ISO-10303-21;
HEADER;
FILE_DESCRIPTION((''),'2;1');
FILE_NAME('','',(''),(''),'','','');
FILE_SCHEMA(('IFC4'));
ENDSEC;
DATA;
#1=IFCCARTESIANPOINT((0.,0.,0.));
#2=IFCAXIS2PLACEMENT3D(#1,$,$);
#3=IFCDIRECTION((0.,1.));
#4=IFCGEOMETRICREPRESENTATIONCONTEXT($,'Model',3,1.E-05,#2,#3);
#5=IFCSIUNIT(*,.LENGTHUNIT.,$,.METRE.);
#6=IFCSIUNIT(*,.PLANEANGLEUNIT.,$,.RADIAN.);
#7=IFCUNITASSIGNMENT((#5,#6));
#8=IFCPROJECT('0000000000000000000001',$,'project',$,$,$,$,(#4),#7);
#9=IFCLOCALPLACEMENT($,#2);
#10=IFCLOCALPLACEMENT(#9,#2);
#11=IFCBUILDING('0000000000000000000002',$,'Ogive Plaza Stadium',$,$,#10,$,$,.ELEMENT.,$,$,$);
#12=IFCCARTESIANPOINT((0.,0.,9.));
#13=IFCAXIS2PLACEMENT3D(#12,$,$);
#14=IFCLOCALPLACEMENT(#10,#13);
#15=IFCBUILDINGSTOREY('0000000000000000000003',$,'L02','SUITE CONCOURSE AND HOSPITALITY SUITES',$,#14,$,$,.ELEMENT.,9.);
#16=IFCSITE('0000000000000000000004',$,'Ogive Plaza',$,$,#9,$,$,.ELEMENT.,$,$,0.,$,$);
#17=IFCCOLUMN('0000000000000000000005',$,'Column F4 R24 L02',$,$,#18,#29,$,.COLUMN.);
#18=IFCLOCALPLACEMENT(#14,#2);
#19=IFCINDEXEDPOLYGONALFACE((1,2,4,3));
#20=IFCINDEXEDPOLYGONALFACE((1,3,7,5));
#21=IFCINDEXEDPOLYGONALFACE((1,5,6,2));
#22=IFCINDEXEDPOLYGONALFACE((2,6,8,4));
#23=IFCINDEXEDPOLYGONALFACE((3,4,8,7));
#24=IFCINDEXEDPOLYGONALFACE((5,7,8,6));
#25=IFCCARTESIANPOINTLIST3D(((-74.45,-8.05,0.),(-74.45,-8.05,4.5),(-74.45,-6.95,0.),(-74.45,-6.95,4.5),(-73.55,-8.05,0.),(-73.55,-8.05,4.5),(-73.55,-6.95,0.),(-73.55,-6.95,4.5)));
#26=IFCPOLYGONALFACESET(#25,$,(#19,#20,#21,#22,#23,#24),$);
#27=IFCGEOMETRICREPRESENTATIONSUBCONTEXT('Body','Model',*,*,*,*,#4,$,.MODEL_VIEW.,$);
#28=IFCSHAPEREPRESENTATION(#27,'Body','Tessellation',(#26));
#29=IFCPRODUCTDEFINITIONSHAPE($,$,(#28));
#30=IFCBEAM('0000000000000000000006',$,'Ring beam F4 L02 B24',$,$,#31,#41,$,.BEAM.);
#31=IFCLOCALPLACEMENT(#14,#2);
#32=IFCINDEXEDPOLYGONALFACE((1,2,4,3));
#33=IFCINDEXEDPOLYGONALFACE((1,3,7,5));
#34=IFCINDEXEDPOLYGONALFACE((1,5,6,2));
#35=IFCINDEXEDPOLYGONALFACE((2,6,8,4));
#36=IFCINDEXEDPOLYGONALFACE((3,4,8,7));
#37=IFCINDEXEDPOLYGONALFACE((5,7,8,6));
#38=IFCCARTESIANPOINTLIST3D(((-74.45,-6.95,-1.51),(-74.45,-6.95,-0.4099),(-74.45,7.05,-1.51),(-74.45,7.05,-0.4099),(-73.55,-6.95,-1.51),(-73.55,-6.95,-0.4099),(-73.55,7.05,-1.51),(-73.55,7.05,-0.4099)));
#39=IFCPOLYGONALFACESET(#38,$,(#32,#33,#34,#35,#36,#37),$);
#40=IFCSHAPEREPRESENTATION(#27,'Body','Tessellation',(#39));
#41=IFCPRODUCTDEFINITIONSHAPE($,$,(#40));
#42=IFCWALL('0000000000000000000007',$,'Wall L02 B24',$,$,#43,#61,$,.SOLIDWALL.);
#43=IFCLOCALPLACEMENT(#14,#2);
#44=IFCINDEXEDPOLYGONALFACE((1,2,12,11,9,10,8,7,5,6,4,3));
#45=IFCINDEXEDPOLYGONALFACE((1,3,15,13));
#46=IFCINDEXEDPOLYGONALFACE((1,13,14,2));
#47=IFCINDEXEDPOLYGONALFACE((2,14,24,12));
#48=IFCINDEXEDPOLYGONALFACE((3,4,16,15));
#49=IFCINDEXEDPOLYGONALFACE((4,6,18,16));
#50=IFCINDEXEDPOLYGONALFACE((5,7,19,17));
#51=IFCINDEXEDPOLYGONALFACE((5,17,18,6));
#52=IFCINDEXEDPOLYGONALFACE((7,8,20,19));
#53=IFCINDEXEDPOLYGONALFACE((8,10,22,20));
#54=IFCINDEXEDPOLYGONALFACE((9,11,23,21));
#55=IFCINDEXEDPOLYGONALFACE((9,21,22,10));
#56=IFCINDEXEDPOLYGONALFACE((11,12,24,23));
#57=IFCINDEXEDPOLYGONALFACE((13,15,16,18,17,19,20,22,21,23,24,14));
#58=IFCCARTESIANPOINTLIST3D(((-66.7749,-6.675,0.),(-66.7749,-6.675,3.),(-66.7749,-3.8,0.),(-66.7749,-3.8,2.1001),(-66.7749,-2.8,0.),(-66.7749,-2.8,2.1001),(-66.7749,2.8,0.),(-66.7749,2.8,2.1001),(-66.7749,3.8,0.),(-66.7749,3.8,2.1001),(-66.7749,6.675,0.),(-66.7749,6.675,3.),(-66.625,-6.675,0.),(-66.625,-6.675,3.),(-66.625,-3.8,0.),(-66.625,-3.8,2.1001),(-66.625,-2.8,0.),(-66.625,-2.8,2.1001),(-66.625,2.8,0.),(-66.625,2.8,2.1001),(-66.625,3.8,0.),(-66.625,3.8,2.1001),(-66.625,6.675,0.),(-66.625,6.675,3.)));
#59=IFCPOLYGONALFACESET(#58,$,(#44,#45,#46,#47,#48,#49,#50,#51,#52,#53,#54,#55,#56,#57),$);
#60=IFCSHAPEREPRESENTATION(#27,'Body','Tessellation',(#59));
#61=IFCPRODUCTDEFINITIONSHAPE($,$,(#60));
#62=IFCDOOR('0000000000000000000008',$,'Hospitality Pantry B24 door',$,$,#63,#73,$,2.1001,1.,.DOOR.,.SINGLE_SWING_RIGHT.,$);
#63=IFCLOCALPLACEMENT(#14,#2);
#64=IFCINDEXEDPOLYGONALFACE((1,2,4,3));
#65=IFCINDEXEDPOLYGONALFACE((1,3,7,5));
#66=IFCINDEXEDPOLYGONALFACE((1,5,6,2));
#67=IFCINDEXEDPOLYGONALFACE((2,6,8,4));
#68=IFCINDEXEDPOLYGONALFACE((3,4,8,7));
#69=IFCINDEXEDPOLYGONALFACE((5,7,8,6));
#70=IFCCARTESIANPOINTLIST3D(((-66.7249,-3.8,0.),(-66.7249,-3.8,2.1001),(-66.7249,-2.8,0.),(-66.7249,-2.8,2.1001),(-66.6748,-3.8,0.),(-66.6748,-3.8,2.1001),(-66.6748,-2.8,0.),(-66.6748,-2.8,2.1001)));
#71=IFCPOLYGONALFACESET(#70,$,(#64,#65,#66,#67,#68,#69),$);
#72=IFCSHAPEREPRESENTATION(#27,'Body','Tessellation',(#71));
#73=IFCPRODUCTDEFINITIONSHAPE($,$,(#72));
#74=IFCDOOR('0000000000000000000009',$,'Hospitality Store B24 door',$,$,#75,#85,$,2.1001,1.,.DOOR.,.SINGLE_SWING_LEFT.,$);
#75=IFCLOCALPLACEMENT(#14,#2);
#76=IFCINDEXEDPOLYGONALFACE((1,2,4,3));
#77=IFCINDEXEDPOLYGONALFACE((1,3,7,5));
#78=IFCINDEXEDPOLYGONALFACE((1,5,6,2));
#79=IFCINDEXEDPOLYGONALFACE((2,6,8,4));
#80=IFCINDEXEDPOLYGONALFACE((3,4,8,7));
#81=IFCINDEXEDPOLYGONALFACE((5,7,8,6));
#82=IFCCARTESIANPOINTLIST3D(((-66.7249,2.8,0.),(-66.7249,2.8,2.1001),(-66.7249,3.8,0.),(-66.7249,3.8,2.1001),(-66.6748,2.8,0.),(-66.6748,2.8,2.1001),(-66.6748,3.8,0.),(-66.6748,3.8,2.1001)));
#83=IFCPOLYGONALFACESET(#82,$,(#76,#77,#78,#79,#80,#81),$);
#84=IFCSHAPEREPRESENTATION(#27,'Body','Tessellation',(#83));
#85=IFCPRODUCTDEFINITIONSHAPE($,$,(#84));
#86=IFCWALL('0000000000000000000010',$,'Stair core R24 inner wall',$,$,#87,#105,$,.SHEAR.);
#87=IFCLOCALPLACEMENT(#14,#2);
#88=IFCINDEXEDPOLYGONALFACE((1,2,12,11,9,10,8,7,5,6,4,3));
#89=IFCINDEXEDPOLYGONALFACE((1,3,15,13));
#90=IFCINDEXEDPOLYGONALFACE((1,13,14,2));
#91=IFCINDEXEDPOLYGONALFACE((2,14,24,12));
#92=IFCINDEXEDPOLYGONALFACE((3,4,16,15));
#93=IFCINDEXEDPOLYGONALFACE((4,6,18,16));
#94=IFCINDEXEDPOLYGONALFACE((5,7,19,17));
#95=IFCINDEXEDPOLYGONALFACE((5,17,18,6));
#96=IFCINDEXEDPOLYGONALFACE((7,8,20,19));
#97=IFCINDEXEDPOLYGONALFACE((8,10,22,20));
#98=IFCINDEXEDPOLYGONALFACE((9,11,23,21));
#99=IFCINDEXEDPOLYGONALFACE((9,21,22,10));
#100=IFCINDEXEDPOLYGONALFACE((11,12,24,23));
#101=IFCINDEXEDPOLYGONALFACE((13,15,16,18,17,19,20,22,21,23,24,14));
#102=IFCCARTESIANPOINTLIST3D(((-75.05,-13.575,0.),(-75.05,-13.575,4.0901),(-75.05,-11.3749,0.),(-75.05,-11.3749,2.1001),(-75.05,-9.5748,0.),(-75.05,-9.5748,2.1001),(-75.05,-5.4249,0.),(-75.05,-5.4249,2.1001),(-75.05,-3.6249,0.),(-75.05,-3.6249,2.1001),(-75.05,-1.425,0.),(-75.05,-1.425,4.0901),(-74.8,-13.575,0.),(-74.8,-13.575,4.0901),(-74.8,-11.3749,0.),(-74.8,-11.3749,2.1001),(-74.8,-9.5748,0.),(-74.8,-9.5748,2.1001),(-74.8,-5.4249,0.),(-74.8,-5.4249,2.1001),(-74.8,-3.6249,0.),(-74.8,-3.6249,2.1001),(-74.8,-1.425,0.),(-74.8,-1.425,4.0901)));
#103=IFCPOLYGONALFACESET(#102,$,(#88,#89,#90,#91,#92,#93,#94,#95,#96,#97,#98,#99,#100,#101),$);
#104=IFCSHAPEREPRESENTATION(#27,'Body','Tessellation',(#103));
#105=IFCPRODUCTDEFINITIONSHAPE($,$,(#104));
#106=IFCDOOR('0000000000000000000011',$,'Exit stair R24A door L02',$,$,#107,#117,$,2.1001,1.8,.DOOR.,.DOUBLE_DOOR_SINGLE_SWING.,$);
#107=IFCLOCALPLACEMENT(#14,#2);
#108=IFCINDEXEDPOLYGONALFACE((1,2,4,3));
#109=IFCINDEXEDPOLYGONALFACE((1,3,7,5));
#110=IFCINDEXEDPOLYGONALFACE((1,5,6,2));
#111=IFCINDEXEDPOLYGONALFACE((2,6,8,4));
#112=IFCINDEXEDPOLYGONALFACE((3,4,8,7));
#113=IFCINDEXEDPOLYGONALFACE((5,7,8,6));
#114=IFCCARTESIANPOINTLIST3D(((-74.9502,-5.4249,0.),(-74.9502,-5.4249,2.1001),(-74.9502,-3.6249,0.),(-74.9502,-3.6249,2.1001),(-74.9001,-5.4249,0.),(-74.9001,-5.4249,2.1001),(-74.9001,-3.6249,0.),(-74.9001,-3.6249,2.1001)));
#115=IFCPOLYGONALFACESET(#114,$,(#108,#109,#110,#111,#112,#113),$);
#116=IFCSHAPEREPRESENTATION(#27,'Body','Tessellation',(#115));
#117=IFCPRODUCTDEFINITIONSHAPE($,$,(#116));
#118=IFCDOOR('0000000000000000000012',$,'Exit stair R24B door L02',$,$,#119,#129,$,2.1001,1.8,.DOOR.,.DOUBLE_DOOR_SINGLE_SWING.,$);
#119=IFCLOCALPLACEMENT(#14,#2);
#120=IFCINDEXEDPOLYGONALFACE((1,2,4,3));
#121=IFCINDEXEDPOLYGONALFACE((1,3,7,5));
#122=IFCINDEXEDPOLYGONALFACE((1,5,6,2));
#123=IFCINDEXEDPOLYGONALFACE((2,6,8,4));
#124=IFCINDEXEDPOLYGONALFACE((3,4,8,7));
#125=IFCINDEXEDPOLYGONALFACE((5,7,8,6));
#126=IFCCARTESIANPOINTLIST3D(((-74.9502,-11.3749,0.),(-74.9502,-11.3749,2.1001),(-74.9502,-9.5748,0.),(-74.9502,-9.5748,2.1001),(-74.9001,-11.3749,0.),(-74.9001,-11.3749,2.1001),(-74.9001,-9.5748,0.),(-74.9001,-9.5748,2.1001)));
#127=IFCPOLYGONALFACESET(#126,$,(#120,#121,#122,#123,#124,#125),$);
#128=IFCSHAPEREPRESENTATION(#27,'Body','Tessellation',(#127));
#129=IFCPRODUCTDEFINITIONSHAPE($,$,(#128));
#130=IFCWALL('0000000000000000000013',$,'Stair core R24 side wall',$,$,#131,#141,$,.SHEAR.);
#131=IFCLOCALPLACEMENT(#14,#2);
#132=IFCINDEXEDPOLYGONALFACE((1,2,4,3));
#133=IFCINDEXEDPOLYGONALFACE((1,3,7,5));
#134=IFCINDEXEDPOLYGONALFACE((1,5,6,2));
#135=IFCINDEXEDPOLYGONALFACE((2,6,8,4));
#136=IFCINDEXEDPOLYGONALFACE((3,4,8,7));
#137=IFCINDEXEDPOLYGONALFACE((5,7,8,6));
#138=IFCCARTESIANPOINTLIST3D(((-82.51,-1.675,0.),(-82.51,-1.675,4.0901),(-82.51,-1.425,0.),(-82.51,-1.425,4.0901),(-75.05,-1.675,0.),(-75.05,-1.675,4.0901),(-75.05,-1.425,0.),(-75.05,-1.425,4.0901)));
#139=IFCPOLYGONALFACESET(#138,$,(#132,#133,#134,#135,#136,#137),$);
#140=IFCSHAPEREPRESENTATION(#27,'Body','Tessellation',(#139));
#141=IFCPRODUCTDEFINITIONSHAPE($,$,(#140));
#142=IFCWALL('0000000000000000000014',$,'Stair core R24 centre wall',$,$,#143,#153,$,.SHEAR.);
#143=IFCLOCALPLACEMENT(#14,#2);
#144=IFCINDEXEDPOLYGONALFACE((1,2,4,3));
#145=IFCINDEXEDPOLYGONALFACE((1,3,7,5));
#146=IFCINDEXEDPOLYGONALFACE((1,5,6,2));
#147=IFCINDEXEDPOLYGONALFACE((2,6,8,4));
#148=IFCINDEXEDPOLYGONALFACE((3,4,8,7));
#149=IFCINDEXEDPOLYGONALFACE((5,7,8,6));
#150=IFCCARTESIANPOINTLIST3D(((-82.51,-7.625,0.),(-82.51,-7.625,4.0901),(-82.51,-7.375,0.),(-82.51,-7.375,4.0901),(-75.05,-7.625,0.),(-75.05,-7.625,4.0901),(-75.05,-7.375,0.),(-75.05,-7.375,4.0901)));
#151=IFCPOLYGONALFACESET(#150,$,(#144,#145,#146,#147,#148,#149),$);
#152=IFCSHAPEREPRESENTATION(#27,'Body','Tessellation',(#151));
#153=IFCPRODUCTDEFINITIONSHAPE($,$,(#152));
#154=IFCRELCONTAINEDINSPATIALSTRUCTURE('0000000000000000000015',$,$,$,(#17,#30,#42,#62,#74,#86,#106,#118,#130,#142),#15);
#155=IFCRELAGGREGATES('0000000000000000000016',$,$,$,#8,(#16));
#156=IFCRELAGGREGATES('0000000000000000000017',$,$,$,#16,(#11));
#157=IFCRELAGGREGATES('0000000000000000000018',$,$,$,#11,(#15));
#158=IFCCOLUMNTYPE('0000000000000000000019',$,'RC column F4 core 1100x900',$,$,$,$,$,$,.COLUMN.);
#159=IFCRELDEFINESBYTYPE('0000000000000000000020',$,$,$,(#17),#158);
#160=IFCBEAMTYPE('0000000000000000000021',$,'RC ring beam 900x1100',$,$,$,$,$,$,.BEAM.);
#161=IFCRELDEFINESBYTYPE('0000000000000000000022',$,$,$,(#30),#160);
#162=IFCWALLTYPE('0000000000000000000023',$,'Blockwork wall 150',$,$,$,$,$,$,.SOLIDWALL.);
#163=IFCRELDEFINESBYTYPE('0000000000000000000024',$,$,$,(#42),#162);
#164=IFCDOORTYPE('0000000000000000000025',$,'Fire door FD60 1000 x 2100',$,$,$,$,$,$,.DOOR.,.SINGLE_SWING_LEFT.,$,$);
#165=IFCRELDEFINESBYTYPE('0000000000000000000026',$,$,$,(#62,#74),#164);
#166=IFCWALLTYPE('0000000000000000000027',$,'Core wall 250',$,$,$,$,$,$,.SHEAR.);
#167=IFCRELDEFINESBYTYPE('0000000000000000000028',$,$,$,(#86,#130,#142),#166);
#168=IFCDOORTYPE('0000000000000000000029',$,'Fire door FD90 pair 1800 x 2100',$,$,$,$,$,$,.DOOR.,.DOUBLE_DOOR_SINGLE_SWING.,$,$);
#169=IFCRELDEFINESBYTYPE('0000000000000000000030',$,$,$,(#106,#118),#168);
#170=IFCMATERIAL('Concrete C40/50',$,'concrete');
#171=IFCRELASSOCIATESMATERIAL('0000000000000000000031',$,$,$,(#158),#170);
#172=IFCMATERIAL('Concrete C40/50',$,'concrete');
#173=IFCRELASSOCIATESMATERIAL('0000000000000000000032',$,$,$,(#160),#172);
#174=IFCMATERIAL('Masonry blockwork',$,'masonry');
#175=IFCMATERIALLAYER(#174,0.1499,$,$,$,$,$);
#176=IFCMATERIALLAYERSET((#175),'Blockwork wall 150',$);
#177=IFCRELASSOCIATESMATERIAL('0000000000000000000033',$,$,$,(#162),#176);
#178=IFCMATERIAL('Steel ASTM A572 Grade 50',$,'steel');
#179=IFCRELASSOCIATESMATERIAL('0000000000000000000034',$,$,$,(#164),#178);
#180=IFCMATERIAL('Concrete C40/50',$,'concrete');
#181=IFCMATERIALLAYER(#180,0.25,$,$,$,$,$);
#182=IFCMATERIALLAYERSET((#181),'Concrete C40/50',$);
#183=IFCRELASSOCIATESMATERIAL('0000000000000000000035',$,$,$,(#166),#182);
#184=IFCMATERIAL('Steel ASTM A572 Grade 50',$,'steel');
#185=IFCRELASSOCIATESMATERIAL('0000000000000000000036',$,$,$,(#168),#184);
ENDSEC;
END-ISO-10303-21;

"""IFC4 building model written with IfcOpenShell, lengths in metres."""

from ifc_helpers import new_model, si_unit, direction, frame, frame_2d, origin, origin_2d, place, context, subcontext, project, spatial, rectangle, extrude, material, layer, layer_set, material_profile, profile_set, type_object, element, fill, save


model = new_model("IFC4")

# Units and contexts
model_context = context("Model", 3, precision=1e-05, world=origin(), true_north=direction((0.0, 1.0)))
body_context = subcontext(model_context, "Body", "Model", "MODEL_VIEW")
ifc_project = project(units=[si_unit("LENGTHUNIT", "METRE"), si_unit("PLANEANGLEUNIT", "RADIAN")], contexts=[model_context])

# Site, building, storey
site_placement = place(None, origin())
site = spatial("IfcSite", under=ifc_project, at=site_placement, Name="Ogive Plaza", CompositionType="ELEMENT", RefElevation=0.0)
building_placement = place(site_placement, origin())
building = spatial("IfcBuilding", under=site, at=building_placement, Name="Ogive Plaza Stadium", CompositionType="ELEMENT")
storey_placement = place(building_placement, frame((0.0, 0.0, 9.0)))
storey = spatial("IfcBuildingStorey", under=building, at=storey_placement, Name="L02", Description="SUITE CONCOURSE AND HOSPITALITY SUITES", CompositionType="ELEMENT", Elevation=9.0)

# Column
ifc_material_1 = material(Name="Concrete C40/50", Category="concrete")
ifc_material_profile_1 = material_profile(ifc_material_1, rectangle(XDim=1.1001, YDim=0.8999, at=origin_2d()), Name="RC 1100x900")
ifc_profile_set_1 = profile_set([ifc_material_profile_1], Name="Concrete C40/50")
column_type = type_object("IfcColumnType", Name="RC column F4 core 1100x900", PredefinedType="COLUMN", material=ifc_profile_set_1)
column_placement = place(storey_placement, frame((-74.0, -7.5, 0.0), z_axis=(0.0, 0.0, 1.0), x_axis=(0.0, -1.0, 0.0)))
element("IfcColumn", 1, at=column_placement, inside=storey, type_object=column_type, Name="Column F4 R24 L02", PredefinedType="COLUMN", context=body_context, shape_type="SweptSolid", body=[
    extrude(rectangle(XDim=1.1001, YDim=0.8999, at=origin_2d()), origin(), (0.0, 0.0, 1.0), 4.5),
])

# Beam
ifc_material_2 = material(Name="Concrete C40/50", Category="concrete")
ifc_material_profile_2 = material_profile(ifc_material_2, rectangle(XDim=0.8999, YDim=1.1001, at=origin_2d()), Name="RC 900x1100")
ifc_profile_set_2 = profile_set([ifc_material_profile_2], Name="Concrete C40/50")
beam_type = type_object("IfcBeamType", Name="RC ring beam 900x1100", PredefinedType="BEAM", material=ifc_profile_set_2)
beam_placement = place(storey_placement, frame((-74.0, -6.95, -0.96), z_axis=(0.0, 1.0, 0.0), x_axis=(-1.0, 0.0, 0.0)))
element("IfcBeam", 2, at=beam_placement, inside=storey, type_object=beam_type, Name="Ring beam F4 L02 B24", PredefinedType="BEAM", context=body_context, shape_type="SweptSolid", body=[
    extrude(rectangle(XDim=0.8999, YDim=1.1001, at=origin_2d()), origin(), (0.0, 0.0, 1.0), 14.0),
])

# Walls, openings, doors
ifc_material_3 = material(Name="Masonry blockwork", Category="masonry")
ifc_layer_1 = layer(ifc_material_3, 0.1499)
ifc_layer_set_1 = layer_set([ifc_layer_1], Name="Blockwork wall 150")
wall_type_1 = type_object("IfcWallType", Name="Blockwork wall 150", PredefinedType="SOLIDWALL", material=ifc_layer_set_1)
wall_1_placement = place(storey_placement, frame((-66.7, -6.675, 0.0), z_axis=(0.0, 0.0, 1.0), x_axis=(0.0, 1.0, 0.0)))
wall_1 = element("IfcWall", 3, at=wall_1_placement, inside=storey, type_object=wall_type_1, Name="Wall L02 B24", PredefinedType="SOLIDWALL", context=body_context, shape_type="SweptSolid", body=[
    extrude(rectangle(XDim=13.3501, YDim=0.1499, at=frame_2d((6.675, 0.0))), origin(), (0.0, 0.0, 1.0), 3.0),
])
opening_1_placement = place(wall_1_placement, frame((2.875, 0.0, 0.0)))
opening_1 = element("IfcOpeningElement", 4, at=opening_1_placement, cuts=wall_1, PredefinedType="OPENING", context=body_context, shape_type="SweptSolid", body=[
    extrude(rectangle(XDim=1.0, YDim=2.1001, at=frame_2d((0.5, 1.05))), frame((0.0, 0.075, 0.0), z_axis=(0.0, -1.0, 0.0), x_axis=(1.0, 0.0, 0.0)), (0.0, 0.0, 1.0), 0.1499),
])
opening_2_placement = place(wall_1_placement, frame((9.4751, 0.0, 0.0)))
opening_2 = element("IfcOpeningElement", 5, at=opening_2_placement, cuts=wall_1, PredefinedType="OPENING", context=body_context, shape_type="SweptSolid", body=[
    extrude(rectangle(XDim=1.0, YDim=2.1001, at=frame_2d((0.5, 1.05))), frame((0.0, 0.075, 0.0), z_axis=(0.0, -1.0, 0.0), x_axis=(1.0, 0.0, 0.0)), (0.0, 0.0, 1.0), 0.1499),
])
ifc_material_4 = material(Name="Steel ASTM A572 Grade 50", Category="steel")
door_type_1 = type_object("IfcDoorType", Name="Fire door FD60 1000 x 2100", OperationType="SINGLE_SWING_LEFT", PredefinedType="DOOR", material=ifc_material_4)
door_1_placement = place(opening_1_placement, origin())
door_1 = element("IfcDoor", 6, at=door_1_placement, inside=storey, type_object=door_type_1, Name="Hospitality Pantry B24 door", OperationType="SINGLE_SWING_RIGHT", OverallHeight=2.1001, OverallWidth=1.0, PredefinedType="DOOR", context=body_context, shape_type="SweptSolid", body=[
    extrude(rectangle(XDim=1.0, YDim=2.1001, at=frame_2d((0.5, 1.05))), frame((0.0, 0.0249, 0.0), z_axis=(0.0, -1.0, 0.0), x_axis=(1.0, 0.0, 0.0)), (0.0, 0.0, 1.0), 0.05),
])
fill(opening_1, door_1)
door_2_placement = place(opening_2_placement, origin())
door_2 = element("IfcDoor", 7, at=door_2_placement, inside=storey, type_object=door_type_1, Name="Hospitality Store B24 door", OperationType="SINGLE_SWING_LEFT", OverallHeight=2.1001, OverallWidth=1.0, PredefinedType="DOOR", context=body_context, shape_type="SweptSolid", body=[
    extrude(rectangle(XDim=1.0, YDim=2.1001, at=frame_2d((0.5, 1.05))), frame((0.0, 0.0249, 0.0), z_axis=(0.0, -1.0, 0.0), x_axis=(1.0, 0.0, 0.0)), (0.0, 0.0, 1.0), 0.05),
])
fill(opening_2, door_2)
ifc_material_5 = material(Name="Concrete C40/50", Category="concrete")
ifc_layer_2 = layer(ifc_material_5, 0.25)
ifc_layer_set_2 = layer_set([ifc_layer_2], Name="Concrete C40/50")
wall_type_2 = type_object("IfcWallType", Name="Core wall 250", PredefinedType="SHEAR", material=ifc_layer_set_2)
wall_2_placement = place(storey_placement, frame((-74.925, -1.425, 0.0), z_axis=(0.0, 0.0, 1.0), x_axis=(0.0, -1.0, 0.0)))
wall_2 = element("IfcWall", 8, at=wall_2_placement, inside=storey, type_object=wall_type_2, Name="Stair core R24 inner wall", PredefinedType="SHEAR", context=body_context, shape_type="SweptSolid", body=[
    extrude(rectangle(XDim=12.1499, YDim=0.25, at=frame_2d((6.075, 0.0))), origin(), (0.0, 0.0, 1.0), 4.0901),
])
opening_3_placement = place(wall_2_placement, frame((2.2, 0.0, 0.0)))
opening_3 = element("IfcOpeningElement", 9, at=opening_3_placement, cuts=wall_2, PredefinedType="OPENING", context=body_context, shape_type="SweptSolid", body=[
    extrude(rectangle(XDim=1.8, YDim=2.1001, at=frame_2d((0.8999, 1.05))), frame((0.0, 0.125, 0.0), z_axis=(0.0, -1.0, 0.0), x_axis=(1.0, 0.0, 0.0)), (0.0, 0.0, 1.0), 0.25),
])
opening_4_placement = place(wall_2_placement, frame((8.1499, 0.0, 0.0)))
opening_4 = element("IfcOpeningElement", 10, at=opening_4_placement, cuts=wall_2, PredefinedType="OPENING", context=body_context, shape_type="SweptSolid", body=[
    extrude(rectangle(XDim=1.8, YDim=2.1001, at=frame_2d((0.8999, 1.05))), frame((0.0, 0.125, 0.0), z_axis=(0.0, -1.0, 0.0), x_axis=(1.0, 0.0, 0.0)), (0.0, 0.0, 1.0), 0.25),
])
ifc_material_6 = material(Name="Steel ASTM A572 Grade 50", Category="steel")
door_type_2 = type_object("IfcDoorType", Name="Fire door FD90 pair 1800 x 2100", OperationType="DOUBLE_DOOR_SINGLE_SWING", PredefinedType="DOOR", material=ifc_material_6)
door_3_placement = place(opening_3_placement, origin())
door_3 = element("IfcDoor", 11, at=door_3_placement, inside=storey, type_object=door_type_2, Name="Exit stair R24A door L02", OperationType="DOUBLE_DOOR_SINGLE_SWING", OverallHeight=2.1001, OverallWidth=1.8, PredefinedType="DOOR", context=body_context, shape_type="SweptSolid", body=[
    extrude(rectangle(XDim=1.8, YDim=2.1001, at=frame_2d((0.8999, 1.05))), frame((0.0, 0.0249, 0.0), z_axis=(0.0, -1.0, 0.0), x_axis=(1.0, 0.0, 0.0)), (0.0, 0.0, 1.0), 0.05),
])
fill(opening_3, door_3)
door_4_placement = place(opening_4_placement, origin())
door_4 = element("IfcDoor", 12, at=door_4_placement, inside=storey, type_object=door_type_2, Name="Exit stair R24B door L02", OperationType="DOUBLE_DOOR_SINGLE_SWING", OverallHeight=2.1001, OverallWidth=1.8, PredefinedType="DOOR", context=body_context, shape_type="SweptSolid", body=[
    extrude(rectangle(XDim=1.8, YDim=2.1001, at=frame_2d((0.8999, 1.05))), frame((0.0, 0.0249, 0.0), z_axis=(0.0, -1.0, 0.0), x_axis=(1.0, 0.0, 0.0)), (0.0, 0.0, 1.0), 0.05),
])
fill(opening_4, door_4)

# Walls
for number, where, z_axis, x_axis, name in (
    (13, (-75.05, -1.55, 0.0), (0.0, 0.0, 1.0), (-1.0, 0.0, 0.0), "Stair core R24 side wall"),
    (14, (-75.05, -7.5, 0.0), (0.0, 0.0, 1.0), (-1.0, 0.0, 0.0), "Stair core R24 centre wall"),
):
    element("IfcWall", number, at=place(storey_placement, frame(where, z_axis=z_axis, x_axis=x_axis)), inside=storey, type_object=wall_type_2, Name=name, PredefinedType="SHEAR", context=body_context, shape_type="SweptSolid", body=[
        extrude(rectangle(XDim=7.46, YDim=0.25, at=frame_2d((3.73, 0.0))), origin(), (0.0, 0.0, 1.0), 4.0901),
    ])

save(model, "model.ifc")
